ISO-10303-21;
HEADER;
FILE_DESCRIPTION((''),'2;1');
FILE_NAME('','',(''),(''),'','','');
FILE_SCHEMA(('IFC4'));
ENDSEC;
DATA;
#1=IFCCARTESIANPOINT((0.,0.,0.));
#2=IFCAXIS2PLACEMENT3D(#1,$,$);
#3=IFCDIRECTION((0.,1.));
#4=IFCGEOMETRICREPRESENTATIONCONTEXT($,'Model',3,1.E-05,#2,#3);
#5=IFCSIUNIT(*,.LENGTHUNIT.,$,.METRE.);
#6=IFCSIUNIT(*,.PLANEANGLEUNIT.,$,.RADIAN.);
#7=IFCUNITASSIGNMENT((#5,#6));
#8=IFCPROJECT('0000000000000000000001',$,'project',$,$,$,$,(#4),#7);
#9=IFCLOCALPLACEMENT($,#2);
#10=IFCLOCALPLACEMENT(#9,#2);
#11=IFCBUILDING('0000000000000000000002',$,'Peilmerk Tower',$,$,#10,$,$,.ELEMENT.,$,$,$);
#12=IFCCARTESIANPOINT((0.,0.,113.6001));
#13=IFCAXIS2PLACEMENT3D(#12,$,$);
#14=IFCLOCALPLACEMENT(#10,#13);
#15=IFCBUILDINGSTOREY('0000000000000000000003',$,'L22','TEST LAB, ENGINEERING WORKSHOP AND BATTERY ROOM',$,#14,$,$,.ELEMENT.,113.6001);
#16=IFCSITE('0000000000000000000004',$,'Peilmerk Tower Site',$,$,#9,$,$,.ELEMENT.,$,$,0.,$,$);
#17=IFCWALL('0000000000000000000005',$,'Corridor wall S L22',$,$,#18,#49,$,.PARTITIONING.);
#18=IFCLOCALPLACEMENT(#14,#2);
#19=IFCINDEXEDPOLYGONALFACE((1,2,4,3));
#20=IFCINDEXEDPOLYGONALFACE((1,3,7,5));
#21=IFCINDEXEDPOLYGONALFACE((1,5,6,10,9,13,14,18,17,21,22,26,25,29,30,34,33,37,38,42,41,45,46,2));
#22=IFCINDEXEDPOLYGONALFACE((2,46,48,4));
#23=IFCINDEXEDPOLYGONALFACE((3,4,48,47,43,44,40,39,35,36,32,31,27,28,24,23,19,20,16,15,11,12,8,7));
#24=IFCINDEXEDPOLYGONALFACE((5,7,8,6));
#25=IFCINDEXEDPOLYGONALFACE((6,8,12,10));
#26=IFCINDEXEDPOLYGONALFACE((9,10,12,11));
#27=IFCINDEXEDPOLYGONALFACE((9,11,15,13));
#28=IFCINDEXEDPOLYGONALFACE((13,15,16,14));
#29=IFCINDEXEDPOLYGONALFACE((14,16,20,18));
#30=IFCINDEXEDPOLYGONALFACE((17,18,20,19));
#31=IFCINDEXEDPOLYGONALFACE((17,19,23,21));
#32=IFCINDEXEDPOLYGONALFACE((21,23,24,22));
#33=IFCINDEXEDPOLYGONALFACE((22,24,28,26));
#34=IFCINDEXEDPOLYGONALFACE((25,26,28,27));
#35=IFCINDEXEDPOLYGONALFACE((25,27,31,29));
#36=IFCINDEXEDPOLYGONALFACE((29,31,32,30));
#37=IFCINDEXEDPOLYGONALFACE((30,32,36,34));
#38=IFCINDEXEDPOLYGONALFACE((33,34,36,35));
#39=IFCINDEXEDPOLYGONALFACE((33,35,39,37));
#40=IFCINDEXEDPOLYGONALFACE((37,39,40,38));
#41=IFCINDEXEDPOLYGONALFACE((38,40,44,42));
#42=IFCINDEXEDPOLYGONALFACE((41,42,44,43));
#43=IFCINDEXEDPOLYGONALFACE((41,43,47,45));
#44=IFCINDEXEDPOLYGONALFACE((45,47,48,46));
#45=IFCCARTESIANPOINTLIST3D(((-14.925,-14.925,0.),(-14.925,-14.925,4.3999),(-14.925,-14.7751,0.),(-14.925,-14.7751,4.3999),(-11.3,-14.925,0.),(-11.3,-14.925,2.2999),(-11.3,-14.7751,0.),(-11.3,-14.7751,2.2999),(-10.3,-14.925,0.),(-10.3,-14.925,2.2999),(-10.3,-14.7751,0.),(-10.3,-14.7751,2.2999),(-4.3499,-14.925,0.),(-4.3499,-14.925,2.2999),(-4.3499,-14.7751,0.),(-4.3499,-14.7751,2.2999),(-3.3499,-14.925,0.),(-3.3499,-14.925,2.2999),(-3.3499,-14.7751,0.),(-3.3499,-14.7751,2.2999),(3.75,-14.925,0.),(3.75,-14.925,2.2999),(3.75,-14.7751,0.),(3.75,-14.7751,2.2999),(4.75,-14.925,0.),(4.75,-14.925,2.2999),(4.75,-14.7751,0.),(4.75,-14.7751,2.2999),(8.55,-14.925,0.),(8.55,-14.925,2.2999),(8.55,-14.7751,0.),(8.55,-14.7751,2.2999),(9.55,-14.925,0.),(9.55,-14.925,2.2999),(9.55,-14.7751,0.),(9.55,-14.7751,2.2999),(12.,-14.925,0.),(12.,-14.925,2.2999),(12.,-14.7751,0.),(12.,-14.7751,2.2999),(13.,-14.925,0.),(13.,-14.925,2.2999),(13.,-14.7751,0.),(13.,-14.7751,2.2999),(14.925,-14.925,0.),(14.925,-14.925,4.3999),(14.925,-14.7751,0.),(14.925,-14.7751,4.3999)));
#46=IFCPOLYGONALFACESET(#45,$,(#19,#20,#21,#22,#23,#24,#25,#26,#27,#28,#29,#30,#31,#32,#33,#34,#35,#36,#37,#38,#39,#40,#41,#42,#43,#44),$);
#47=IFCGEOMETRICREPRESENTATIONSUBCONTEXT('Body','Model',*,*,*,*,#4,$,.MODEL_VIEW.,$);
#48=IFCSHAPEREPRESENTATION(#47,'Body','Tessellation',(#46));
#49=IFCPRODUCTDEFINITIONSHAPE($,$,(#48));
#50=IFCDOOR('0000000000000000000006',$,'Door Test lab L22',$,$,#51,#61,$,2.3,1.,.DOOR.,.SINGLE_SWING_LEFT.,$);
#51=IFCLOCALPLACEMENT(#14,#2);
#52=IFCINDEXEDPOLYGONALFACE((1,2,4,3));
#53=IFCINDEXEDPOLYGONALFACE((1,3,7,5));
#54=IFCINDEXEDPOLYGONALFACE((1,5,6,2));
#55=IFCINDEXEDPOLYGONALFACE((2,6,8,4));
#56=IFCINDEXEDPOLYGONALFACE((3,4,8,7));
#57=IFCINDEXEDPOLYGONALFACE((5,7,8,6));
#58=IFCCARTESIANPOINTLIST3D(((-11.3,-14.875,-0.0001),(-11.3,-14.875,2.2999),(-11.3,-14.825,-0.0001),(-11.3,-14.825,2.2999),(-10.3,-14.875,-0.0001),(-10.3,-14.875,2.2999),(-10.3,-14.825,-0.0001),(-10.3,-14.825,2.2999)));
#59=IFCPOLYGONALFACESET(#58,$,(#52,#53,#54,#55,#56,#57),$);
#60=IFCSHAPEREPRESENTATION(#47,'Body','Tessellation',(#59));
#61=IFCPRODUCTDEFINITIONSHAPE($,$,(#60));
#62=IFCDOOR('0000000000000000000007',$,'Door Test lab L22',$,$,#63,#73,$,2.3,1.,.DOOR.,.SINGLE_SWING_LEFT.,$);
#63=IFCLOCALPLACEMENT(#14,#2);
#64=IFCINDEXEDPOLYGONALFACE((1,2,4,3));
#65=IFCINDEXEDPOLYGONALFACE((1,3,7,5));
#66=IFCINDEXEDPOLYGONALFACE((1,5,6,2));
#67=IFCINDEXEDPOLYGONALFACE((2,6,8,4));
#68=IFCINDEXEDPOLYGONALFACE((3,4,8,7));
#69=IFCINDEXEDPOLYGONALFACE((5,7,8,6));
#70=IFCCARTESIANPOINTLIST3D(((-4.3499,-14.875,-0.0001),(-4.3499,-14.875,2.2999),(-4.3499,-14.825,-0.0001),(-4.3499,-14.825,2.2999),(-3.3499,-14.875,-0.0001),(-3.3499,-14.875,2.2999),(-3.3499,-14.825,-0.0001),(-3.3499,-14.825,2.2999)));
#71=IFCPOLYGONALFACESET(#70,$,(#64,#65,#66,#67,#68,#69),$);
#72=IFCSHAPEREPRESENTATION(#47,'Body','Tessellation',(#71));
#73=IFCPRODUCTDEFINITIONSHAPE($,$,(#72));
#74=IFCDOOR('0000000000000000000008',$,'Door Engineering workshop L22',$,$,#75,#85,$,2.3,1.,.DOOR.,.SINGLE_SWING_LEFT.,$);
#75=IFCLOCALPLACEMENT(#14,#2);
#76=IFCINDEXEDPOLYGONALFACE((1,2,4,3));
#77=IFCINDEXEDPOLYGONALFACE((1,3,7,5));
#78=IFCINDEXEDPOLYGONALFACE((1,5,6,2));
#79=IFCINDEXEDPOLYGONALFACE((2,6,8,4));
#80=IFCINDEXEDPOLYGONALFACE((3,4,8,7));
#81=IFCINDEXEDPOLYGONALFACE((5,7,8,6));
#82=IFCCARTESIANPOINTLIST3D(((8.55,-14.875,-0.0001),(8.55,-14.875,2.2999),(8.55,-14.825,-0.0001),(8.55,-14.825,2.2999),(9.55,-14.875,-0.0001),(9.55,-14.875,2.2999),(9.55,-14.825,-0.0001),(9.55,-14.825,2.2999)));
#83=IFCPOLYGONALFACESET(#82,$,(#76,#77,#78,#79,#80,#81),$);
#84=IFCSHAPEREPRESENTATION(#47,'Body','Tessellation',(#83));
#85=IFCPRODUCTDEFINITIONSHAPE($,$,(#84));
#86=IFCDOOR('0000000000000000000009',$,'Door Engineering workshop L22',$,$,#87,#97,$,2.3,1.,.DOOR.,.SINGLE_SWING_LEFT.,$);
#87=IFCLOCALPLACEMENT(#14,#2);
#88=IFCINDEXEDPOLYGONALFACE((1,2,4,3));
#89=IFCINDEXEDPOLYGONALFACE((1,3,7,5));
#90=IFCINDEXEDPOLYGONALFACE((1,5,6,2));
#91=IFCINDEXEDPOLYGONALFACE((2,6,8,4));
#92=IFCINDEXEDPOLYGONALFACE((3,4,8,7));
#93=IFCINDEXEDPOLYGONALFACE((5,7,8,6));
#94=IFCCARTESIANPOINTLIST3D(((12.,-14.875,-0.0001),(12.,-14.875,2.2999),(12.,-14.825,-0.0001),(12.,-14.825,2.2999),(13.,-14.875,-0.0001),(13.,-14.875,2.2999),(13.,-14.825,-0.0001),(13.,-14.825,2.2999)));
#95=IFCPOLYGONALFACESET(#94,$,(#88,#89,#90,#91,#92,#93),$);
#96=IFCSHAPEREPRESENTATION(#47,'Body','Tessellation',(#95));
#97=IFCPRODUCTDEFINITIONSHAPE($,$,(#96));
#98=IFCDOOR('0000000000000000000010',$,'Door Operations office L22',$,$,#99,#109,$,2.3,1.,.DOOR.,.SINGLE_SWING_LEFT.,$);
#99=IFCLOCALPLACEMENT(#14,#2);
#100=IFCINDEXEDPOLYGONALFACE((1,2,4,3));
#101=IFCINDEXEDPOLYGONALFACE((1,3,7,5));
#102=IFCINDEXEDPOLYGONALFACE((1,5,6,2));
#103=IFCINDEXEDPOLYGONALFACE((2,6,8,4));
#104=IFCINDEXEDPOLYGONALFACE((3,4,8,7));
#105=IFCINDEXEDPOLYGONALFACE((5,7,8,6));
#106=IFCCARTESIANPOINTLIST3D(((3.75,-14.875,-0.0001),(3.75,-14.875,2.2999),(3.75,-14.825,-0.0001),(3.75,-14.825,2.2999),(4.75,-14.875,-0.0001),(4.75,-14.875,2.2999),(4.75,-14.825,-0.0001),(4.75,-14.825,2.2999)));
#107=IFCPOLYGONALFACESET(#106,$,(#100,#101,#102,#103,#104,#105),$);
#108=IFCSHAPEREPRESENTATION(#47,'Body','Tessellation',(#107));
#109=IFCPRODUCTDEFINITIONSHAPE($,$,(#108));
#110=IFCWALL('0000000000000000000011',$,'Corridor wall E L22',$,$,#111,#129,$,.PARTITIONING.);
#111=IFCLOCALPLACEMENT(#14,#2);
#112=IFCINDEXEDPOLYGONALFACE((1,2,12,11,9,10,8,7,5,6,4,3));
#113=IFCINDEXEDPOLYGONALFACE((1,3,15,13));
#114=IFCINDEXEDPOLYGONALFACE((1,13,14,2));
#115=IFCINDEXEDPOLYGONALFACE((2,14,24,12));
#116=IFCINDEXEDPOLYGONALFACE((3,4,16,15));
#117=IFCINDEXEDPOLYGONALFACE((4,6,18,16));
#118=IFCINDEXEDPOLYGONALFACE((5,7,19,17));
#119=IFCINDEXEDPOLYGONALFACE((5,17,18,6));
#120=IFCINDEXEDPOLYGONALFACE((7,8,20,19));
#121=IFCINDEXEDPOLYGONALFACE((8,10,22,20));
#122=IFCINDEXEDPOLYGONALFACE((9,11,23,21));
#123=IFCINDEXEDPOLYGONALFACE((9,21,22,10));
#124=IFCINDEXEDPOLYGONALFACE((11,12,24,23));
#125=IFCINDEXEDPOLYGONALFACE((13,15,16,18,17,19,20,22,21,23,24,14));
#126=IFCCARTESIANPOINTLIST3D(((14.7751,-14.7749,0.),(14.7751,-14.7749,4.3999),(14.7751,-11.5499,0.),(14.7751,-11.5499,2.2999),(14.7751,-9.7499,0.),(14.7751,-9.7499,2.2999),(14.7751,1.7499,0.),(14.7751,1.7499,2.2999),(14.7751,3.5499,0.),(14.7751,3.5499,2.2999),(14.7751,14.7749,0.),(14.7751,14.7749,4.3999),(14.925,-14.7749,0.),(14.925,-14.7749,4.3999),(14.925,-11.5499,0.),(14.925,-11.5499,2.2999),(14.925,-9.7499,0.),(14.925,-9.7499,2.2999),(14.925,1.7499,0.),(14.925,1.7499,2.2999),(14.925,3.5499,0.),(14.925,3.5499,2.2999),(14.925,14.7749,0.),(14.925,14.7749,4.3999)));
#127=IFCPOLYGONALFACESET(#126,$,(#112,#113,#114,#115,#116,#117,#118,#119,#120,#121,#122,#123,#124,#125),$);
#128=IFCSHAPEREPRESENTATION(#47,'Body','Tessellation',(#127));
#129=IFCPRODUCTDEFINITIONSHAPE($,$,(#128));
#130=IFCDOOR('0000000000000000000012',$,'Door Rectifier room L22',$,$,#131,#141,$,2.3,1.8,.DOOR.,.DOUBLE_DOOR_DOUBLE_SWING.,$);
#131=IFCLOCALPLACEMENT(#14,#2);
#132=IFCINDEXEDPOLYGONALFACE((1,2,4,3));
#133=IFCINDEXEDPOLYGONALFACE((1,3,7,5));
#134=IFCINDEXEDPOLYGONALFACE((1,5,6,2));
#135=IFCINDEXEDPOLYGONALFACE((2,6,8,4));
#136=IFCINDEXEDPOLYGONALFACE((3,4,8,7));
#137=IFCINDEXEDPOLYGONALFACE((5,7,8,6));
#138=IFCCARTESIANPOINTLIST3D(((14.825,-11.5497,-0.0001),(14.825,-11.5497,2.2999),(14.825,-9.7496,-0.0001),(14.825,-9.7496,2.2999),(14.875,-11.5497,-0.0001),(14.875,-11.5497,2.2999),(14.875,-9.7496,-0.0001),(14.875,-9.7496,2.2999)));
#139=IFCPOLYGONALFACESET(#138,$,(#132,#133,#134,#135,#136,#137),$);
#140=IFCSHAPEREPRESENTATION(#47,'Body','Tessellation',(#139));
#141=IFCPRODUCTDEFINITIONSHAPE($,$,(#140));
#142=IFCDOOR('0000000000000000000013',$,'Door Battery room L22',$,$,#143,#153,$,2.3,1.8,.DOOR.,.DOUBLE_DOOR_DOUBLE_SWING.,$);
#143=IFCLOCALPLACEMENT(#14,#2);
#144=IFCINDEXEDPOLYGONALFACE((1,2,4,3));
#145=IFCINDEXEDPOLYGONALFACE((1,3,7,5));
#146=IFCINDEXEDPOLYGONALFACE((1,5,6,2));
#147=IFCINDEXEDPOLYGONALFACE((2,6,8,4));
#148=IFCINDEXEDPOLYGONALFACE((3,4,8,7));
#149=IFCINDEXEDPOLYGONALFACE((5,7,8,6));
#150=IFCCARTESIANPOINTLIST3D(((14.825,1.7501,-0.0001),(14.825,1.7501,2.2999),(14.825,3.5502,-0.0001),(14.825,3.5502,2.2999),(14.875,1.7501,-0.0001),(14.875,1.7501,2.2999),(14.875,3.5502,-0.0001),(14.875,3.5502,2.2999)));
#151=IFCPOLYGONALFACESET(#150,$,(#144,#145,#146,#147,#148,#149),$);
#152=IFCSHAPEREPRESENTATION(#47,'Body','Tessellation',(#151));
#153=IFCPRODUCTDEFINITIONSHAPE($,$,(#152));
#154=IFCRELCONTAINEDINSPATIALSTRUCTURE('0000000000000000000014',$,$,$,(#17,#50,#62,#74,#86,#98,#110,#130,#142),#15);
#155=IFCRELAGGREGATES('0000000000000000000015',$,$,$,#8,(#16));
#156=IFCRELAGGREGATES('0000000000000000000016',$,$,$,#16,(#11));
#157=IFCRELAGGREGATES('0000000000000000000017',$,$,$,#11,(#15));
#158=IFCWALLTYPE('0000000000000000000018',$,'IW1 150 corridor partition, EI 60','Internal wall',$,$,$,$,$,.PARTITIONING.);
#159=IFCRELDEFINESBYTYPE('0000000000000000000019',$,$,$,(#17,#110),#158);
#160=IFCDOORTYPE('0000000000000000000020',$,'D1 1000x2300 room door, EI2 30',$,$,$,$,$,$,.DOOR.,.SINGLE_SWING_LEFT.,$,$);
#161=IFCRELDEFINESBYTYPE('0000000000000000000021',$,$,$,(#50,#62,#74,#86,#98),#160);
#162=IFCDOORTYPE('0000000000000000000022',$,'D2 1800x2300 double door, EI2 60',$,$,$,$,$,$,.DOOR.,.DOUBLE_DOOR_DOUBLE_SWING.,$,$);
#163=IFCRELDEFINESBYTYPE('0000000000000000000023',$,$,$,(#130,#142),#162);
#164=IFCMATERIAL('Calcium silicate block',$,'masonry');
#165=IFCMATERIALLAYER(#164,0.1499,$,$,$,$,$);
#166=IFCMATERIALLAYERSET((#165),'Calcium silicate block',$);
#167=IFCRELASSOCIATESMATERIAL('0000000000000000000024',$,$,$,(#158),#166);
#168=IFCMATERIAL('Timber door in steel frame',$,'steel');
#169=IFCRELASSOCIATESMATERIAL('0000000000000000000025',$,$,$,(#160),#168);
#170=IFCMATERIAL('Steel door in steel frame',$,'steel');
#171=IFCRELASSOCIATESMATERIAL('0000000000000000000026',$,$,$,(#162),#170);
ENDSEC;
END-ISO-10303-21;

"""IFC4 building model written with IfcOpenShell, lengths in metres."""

from ifc_helpers import new_model, si_unit, direction, frame, frame_2d, origin, place, context, subcontext, project, spatial, rectangle, extrude, material, layer, layer_set, type_object, element, fill, save


model = new_model("IFC4")

# Units and contexts
model_context = context("Model", 3, precision=1e-05, world=origin(), true_north=direction((0.0, 1.0)))
body_context = subcontext(model_context, "Body", "Model", "MODEL_VIEW")
ifc_project = project(units=[si_unit("LENGTHUNIT", "METRE"), si_unit("PLANEANGLEUNIT", "RADIAN")], contexts=[model_context])

# Site, building, storey
site_placement = place(None, origin())
site = spatial("IfcSite", under=ifc_project, at=site_placement, Name="Peilmerk Tower Site", CompositionType="ELEMENT", RefElevation=0.0)
building_placement = place(site_placement, origin())
building = spatial("IfcBuilding", under=site, at=building_placement, Name="Peilmerk Tower", CompositionType="ELEMENT")
storey_placement = place(building_placement, frame((0.0, 0.0, 113.6001)))
storey = spatial("IfcBuildingStorey", under=building, at=storey_placement, Name="L22", Description="TEST LAB, ENGINEERING WORKSHOP AND BATTERY ROOM", CompositionType="ELEMENT", Elevation=113.6001)

# Walls, openings, doors
ifc_material_1 = material(Name="Calcium silicate block", Category="masonry")
ifc_layer_1 = layer(ifc_material_1, 0.1499)
ifc_layer_set_1 = layer_set([ifc_layer_1], Name="Calcium silicate block")
wall_type_1 = type_object("IfcWallType", Name="IW1 150 corridor partition, EI 60", Description="Internal wall", PredefinedType="PARTITIONING", material=ifc_layer_set_1)
wall_1_placement = place(storey_placement, frame((14.925, -14.8501, 0.0), z_axis=(0.0, 0.0, 1.0), x_axis=(-1.0, 0.0, 0.0)))
wall_1 = element("IfcWall", 1, at=wall_1_placement, inside=storey, type_object=wall_type_1, Name="Corridor wall S L22", PredefinedType="PARTITIONING", context=body_context, shape_type="SweptSolid", body=[
    extrude(rectangle(XDim=29.8501, YDim=0.1499, at=frame_2d((14.925, 0.0))), origin(), (0.0, 0.0, 1.0), 4.3999),
])
opening_1_placement = place(wall_1_placement, frame((25.2251, 0.0, 0.0)))
opening_1 = element("IfcOpeningElement", 2, at=opening_1_placement, cuts=wall_1, PredefinedType="OPENING", context=body_context, shape_type="SweptSolid", body=[
    extrude(rectangle(XDim=1.0, YDim=2.3, at=frame_2d((0.5, 1.1499))), frame((0.0, 0.085, 0.0), z_axis=(0.0, -1.0, 0.0), x_axis=(1.0, 0.0, 0.0)), (0.0, 0.0, 1.0), 0.1699),
])
opening_2_placement = place(wall_1_placement, frame((18.2749, 0.0, 0.0)))
opening_2 = element("IfcOpeningElement", 3, at=opening_2_placement, cuts=wall_1, PredefinedType="OPENING", context=body_context, shape_type="SweptSolid", body=[
    extrude(rectangle(XDim=1.0, YDim=2.3, at=frame_2d((0.5, 1.1499))), frame((0.0, 0.085, 0.0), z_axis=(0.0, -1.0, 0.0), x_axis=(1.0, 0.0, 0.0)), (0.0, 0.0, 1.0), 0.1699),
])
opening_3_placement = place(wall_1_placement, frame((5.375, 0.0, 0.0)))
opening_3 = element("IfcOpeningElement", 4, at=opening_3_placement, cuts=wall_1, PredefinedType="OPENING", context=body_context, shape_type="SweptSolid", body=[
    extrude(rectangle(XDim=1.0, YDim=2.3, at=frame_2d((0.5, 1.1499))), frame((0.0, 0.085, 0.0), z_axis=(0.0, -1.0, 0.0), x_axis=(1.0, 0.0, 0.0)), (0.0, 0.0, 1.0), 0.1699),
])
opening_4_placement = place(wall_1_placement, frame((1.925, 0.0, 0.0)))
opening_4 = element("IfcOpeningElement", 5, at=opening_4_placement, cuts=wall_1, PredefinedType="OPENING", context=body_context, shape_type="SweptSolid", body=[
    extrude(rectangle(XDim=1.0, YDim=2.3, at=frame_2d((0.5, 1.1499))), frame((0.0, 0.085, 0.0), z_axis=(0.0, -1.0, 0.0), x_axis=(1.0, 0.0, 0.0)), (0.0, 0.0, 1.0), 0.1699),
])
opening_5_placement = place(wall_1_placement, frame((10.175, 0.0, 0.0)))
opening_5 = element("IfcOpeningElement", 6, at=opening_5_placement, cuts=wall_1, PredefinedType="OPENING", context=body_context, shape_type="SweptSolid", body=[
    extrude(rectangle(XDim=1.0, YDim=2.3, at=frame_2d((0.5, 1.1499))), frame((0.0, 0.085, 0.0), z_axis=(0.0, -1.0, 0.0), x_axis=(1.0, 0.0, 0.0)), (0.0, 0.0, 1.0), 0.1699),
])
ifc_material_2 = material(Name="Timber door in steel frame", Category="steel")
door_type_1 = type_object("IfcDoorType", Name="D1 1000x2300 room door, EI2 30", OperationType="SINGLE_SWING_LEFT", PredefinedType="DOOR", material=ifc_material_2)
door_1_placement = place(opening_1_placement, origin())
door_1 = element("IfcDoor", 7, at=door_1_placement, inside=storey, type_object=door_type_1, Name="Door Test lab L22", OperationType="SINGLE_SWING_LEFT", OverallHeight=2.3, OverallWidth=1.0, PredefinedType="DOOR", context=body_context, shape_type="SweptSolid", body=[
    extrude(rectangle(XDim=1.0, YDim=2.3, at=frame_2d((0.5, 1.1499))), frame((0.0, 0.0249, 0.0), z_axis=(0.0, -1.0, 0.0), x_axis=(1.0, 0.0, 0.0)), (0.0, 0.0, 1.0), 0.05),
])
fill(opening_1, door_1)
door_2_placement = place(opening_2_placement, origin())
door_2 = element("IfcDoor", 8, at=door_2_placement, inside=storey, type_object=door_type_1, Name="Door Test lab L22", OperationType="SINGLE_SWING_LEFT", OverallHeight=2.3, OverallWidth=1.0, PredefinedType="DOOR", context=body_context, shape_type="SweptSolid", body=[
    extrude(rectangle(XDim=1.0, YDim=2.3, at=frame_2d((0.5, 1.1499))), frame((0.0, 0.0249, 0.0), z_axis=(0.0, -1.0, 0.0), x_axis=(1.0, 0.0, 0.0)), (0.0, 0.0, 1.0), 0.05),
])
fill(opening_2, door_2)
door_3_placement = place(opening_3_placement, origin())
door_3 = element("IfcDoor", 9, at=door_3_placement, inside=storey, type_object=door_type_1, Name="Door Engineering workshop L22", OperationType="SINGLE_SWING_LEFT", OverallHeight=2.3, OverallWidth=1.0, PredefinedType="DOOR", context=body_context, shape_type="SweptSolid", body=[
    extrude(rectangle(XDim=1.0, YDim=2.3, at=frame_2d((0.5, 1.1499))), frame((0.0, 0.0249, 0.0), z_axis=(0.0, -1.0, 0.0), x_axis=(1.0, 0.0, 0.0)), (0.0, 0.0, 1.0), 0.05),
])
fill(opening_3, door_3)
door_4_placement = place(opening_4_placement, origin())
door_4 = element("IfcDoor", 10, at=door_4_placement, inside=storey, type_object=door_type_1, Name="Door Engineering workshop L22", OperationType="SINGLE_SWING_LEFT", OverallHeight=2.3, OverallWidth=1.0, PredefinedType="DOOR", context=body_context, shape_type="SweptSolid", body=[
    extrude(rectangle(XDim=1.0, YDim=2.3, at=frame_2d((0.5, 1.1499))), frame((0.0, 0.0249, 0.0), z_axis=(0.0, -1.0, 0.0), x_axis=(1.0, 0.0, 0.0)), (0.0, 0.0, 1.0), 0.05),
])
fill(opening_4, door_4)
door_5_placement = place(opening_5_placement, origin())
door_5 = element("IfcDoor", 11, at=door_5_placement, inside=storey, type_object=door_type_1, Name="Door Operations office L22", OperationType="SINGLE_SWING_LEFT", OverallHeight=2.3, OverallWidth=1.0, PredefinedType="DOOR", context=body_context, shape_type="SweptSolid", body=[
    extrude(rectangle(XDim=1.0, YDim=2.3, at=frame_2d((0.5, 1.1499))), frame((0.0, 0.0249, 0.0), z_axis=(0.0, -1.0, 0.0), x_axis=(1.0, 0.0, 0.0)), (0.0, 0.0, 1.0), 0.05),
])
fill(opening_5, door_5)
wall_2_placement = place(storey_placement, frame((14.8501, -14.7749, 0.0), z_axis=(0.0, 0.0, 1.0), x_axis=(0.0, 1.0, 0.0)))
wall_2 = element("IfcWall", 12, at=wall_2_placement, inside=storey, type_object=wall_type_1, Name="Corridor wall E L22", PredefinedType="PARTITIONING", context=body_context, shape_type="SweptSolid", body=[
    extrude(rectangle(XDim=29.5498, YDim=0.1499, at=frame_2d((14.7749, 0.0))), origin(), (0.0, 0.0, 1.0), 4.3999),
])
opening_6_placement = place(wall_2_placement, frame((3.2251, 0.0, 0.0)))
opening_6 = element("IfcOpeningElement", 13, at=opening_6_placement, cuts=wall_2, PredefinedType="OPENING", context=body_context, shape_type="SweptSolid", body=[
    extrude(rectangle(XDim=1.8, YDim=2.3, at=frame_2d((0.8999, 1.1499))), frame((0.0, 0.085, 0.0), z_axis=(0.0, -1.0, 0.0), x_axis=(1.0, 0.0, 0.0)), (0.0, 0.0, 1.0), 0.1699),
])
opening_7_placement = place(wall_2_placement, frame((16.5249, 0.0, 0.0)))
opening_7 = element("IfcOpeningElement", 14, at=opening_7_placement, cuts=wall_2, PredefinedType="OPENING", context=body_context, shape_type="SweptSolid", body=[
    extrude(rectangle(XDim=1.8, YDim=2.3, at=frame_2d((0.8999, 1.1499))), frame((0.0, 0.085, 0.0), z_axis=(0.0, -1.0, 0.0), x_axis=(1.0, 0.0, 0.0)), (0.0, 0.0, 1.0), 0.1699),
])
ifc_material_3 = material(Name="Steel door in steel frame", Category="steel")
door_type_2 = type_object("IfcDoorType", Name="D2 1800x2300 double door, EI2 60", OperationType="DOUBLE_DOOR_DOUBLE_SWING", PredefinedType="DOOR", material=ifc_material_3)
door_6_placement = place(opening_6_placement, frame((1.8, 0.0, 0.0), z_axis=(0.0, 0.0, 1.0), x_axis=(-1.0, 0.0, 0.0)))
door_6 = element("IfcDoor", 15, at=door_6_placement, inside=storey, type_object=door_type_2, Name="Door Rectifier room L22", OperationType="DOUBLE_DOOR_DOUBLE_SWING", OverallHeight=2.3, OverallWidth=1.8, PredefinedType="DOOR", context=body_context, shape_type="SweptSolid", body=[
    extrude(rectangle(XDim=1.8, YDim=2.3, at=frame_2d((0.8999, 1.1499))), frame((0.0, 0.0249, 0.0), z_axis=(0.0, -1.0, 0.0), x_axis=(1.0, 0.0, 0.0)), (0.0, 0.0, 1.0), 0.05),
])
fill(opening_6, door_6)
door_7_placement = place(opening_7_placement, frame((1.8, 0.0, 0.0), z_axis=(0.0, 0.0, 1.0), x_axis=(-1.0, 0.0, 0.0)))
door_7 = element("IfcDoor", 16, at=door_7_placement, inside=storey, type_object=door_type_2, Name="Door Battery room L22", OperationType="DOUBLE_DOOR_DOUBLE_SWING", OverallHeight=2.3, OverallWidth=1.8, PredefinedType="DOOR", context=body_context, shape_type="SweptSolid", body=[
    extrude(rectangle(XDim=1.8, YDim=2.3, at=frame_2d((0.8999, 1.1499))), frame((0.0, 0.0249, 0.0), z_axis=(0.0, -1.0, 0.0), x_axis=(1.0, 0.0, 0.0)), (0.0, 0.0, 1.0), 0.05),
])
fill(opening_7, door_7)

save(model, "model.ifc")
